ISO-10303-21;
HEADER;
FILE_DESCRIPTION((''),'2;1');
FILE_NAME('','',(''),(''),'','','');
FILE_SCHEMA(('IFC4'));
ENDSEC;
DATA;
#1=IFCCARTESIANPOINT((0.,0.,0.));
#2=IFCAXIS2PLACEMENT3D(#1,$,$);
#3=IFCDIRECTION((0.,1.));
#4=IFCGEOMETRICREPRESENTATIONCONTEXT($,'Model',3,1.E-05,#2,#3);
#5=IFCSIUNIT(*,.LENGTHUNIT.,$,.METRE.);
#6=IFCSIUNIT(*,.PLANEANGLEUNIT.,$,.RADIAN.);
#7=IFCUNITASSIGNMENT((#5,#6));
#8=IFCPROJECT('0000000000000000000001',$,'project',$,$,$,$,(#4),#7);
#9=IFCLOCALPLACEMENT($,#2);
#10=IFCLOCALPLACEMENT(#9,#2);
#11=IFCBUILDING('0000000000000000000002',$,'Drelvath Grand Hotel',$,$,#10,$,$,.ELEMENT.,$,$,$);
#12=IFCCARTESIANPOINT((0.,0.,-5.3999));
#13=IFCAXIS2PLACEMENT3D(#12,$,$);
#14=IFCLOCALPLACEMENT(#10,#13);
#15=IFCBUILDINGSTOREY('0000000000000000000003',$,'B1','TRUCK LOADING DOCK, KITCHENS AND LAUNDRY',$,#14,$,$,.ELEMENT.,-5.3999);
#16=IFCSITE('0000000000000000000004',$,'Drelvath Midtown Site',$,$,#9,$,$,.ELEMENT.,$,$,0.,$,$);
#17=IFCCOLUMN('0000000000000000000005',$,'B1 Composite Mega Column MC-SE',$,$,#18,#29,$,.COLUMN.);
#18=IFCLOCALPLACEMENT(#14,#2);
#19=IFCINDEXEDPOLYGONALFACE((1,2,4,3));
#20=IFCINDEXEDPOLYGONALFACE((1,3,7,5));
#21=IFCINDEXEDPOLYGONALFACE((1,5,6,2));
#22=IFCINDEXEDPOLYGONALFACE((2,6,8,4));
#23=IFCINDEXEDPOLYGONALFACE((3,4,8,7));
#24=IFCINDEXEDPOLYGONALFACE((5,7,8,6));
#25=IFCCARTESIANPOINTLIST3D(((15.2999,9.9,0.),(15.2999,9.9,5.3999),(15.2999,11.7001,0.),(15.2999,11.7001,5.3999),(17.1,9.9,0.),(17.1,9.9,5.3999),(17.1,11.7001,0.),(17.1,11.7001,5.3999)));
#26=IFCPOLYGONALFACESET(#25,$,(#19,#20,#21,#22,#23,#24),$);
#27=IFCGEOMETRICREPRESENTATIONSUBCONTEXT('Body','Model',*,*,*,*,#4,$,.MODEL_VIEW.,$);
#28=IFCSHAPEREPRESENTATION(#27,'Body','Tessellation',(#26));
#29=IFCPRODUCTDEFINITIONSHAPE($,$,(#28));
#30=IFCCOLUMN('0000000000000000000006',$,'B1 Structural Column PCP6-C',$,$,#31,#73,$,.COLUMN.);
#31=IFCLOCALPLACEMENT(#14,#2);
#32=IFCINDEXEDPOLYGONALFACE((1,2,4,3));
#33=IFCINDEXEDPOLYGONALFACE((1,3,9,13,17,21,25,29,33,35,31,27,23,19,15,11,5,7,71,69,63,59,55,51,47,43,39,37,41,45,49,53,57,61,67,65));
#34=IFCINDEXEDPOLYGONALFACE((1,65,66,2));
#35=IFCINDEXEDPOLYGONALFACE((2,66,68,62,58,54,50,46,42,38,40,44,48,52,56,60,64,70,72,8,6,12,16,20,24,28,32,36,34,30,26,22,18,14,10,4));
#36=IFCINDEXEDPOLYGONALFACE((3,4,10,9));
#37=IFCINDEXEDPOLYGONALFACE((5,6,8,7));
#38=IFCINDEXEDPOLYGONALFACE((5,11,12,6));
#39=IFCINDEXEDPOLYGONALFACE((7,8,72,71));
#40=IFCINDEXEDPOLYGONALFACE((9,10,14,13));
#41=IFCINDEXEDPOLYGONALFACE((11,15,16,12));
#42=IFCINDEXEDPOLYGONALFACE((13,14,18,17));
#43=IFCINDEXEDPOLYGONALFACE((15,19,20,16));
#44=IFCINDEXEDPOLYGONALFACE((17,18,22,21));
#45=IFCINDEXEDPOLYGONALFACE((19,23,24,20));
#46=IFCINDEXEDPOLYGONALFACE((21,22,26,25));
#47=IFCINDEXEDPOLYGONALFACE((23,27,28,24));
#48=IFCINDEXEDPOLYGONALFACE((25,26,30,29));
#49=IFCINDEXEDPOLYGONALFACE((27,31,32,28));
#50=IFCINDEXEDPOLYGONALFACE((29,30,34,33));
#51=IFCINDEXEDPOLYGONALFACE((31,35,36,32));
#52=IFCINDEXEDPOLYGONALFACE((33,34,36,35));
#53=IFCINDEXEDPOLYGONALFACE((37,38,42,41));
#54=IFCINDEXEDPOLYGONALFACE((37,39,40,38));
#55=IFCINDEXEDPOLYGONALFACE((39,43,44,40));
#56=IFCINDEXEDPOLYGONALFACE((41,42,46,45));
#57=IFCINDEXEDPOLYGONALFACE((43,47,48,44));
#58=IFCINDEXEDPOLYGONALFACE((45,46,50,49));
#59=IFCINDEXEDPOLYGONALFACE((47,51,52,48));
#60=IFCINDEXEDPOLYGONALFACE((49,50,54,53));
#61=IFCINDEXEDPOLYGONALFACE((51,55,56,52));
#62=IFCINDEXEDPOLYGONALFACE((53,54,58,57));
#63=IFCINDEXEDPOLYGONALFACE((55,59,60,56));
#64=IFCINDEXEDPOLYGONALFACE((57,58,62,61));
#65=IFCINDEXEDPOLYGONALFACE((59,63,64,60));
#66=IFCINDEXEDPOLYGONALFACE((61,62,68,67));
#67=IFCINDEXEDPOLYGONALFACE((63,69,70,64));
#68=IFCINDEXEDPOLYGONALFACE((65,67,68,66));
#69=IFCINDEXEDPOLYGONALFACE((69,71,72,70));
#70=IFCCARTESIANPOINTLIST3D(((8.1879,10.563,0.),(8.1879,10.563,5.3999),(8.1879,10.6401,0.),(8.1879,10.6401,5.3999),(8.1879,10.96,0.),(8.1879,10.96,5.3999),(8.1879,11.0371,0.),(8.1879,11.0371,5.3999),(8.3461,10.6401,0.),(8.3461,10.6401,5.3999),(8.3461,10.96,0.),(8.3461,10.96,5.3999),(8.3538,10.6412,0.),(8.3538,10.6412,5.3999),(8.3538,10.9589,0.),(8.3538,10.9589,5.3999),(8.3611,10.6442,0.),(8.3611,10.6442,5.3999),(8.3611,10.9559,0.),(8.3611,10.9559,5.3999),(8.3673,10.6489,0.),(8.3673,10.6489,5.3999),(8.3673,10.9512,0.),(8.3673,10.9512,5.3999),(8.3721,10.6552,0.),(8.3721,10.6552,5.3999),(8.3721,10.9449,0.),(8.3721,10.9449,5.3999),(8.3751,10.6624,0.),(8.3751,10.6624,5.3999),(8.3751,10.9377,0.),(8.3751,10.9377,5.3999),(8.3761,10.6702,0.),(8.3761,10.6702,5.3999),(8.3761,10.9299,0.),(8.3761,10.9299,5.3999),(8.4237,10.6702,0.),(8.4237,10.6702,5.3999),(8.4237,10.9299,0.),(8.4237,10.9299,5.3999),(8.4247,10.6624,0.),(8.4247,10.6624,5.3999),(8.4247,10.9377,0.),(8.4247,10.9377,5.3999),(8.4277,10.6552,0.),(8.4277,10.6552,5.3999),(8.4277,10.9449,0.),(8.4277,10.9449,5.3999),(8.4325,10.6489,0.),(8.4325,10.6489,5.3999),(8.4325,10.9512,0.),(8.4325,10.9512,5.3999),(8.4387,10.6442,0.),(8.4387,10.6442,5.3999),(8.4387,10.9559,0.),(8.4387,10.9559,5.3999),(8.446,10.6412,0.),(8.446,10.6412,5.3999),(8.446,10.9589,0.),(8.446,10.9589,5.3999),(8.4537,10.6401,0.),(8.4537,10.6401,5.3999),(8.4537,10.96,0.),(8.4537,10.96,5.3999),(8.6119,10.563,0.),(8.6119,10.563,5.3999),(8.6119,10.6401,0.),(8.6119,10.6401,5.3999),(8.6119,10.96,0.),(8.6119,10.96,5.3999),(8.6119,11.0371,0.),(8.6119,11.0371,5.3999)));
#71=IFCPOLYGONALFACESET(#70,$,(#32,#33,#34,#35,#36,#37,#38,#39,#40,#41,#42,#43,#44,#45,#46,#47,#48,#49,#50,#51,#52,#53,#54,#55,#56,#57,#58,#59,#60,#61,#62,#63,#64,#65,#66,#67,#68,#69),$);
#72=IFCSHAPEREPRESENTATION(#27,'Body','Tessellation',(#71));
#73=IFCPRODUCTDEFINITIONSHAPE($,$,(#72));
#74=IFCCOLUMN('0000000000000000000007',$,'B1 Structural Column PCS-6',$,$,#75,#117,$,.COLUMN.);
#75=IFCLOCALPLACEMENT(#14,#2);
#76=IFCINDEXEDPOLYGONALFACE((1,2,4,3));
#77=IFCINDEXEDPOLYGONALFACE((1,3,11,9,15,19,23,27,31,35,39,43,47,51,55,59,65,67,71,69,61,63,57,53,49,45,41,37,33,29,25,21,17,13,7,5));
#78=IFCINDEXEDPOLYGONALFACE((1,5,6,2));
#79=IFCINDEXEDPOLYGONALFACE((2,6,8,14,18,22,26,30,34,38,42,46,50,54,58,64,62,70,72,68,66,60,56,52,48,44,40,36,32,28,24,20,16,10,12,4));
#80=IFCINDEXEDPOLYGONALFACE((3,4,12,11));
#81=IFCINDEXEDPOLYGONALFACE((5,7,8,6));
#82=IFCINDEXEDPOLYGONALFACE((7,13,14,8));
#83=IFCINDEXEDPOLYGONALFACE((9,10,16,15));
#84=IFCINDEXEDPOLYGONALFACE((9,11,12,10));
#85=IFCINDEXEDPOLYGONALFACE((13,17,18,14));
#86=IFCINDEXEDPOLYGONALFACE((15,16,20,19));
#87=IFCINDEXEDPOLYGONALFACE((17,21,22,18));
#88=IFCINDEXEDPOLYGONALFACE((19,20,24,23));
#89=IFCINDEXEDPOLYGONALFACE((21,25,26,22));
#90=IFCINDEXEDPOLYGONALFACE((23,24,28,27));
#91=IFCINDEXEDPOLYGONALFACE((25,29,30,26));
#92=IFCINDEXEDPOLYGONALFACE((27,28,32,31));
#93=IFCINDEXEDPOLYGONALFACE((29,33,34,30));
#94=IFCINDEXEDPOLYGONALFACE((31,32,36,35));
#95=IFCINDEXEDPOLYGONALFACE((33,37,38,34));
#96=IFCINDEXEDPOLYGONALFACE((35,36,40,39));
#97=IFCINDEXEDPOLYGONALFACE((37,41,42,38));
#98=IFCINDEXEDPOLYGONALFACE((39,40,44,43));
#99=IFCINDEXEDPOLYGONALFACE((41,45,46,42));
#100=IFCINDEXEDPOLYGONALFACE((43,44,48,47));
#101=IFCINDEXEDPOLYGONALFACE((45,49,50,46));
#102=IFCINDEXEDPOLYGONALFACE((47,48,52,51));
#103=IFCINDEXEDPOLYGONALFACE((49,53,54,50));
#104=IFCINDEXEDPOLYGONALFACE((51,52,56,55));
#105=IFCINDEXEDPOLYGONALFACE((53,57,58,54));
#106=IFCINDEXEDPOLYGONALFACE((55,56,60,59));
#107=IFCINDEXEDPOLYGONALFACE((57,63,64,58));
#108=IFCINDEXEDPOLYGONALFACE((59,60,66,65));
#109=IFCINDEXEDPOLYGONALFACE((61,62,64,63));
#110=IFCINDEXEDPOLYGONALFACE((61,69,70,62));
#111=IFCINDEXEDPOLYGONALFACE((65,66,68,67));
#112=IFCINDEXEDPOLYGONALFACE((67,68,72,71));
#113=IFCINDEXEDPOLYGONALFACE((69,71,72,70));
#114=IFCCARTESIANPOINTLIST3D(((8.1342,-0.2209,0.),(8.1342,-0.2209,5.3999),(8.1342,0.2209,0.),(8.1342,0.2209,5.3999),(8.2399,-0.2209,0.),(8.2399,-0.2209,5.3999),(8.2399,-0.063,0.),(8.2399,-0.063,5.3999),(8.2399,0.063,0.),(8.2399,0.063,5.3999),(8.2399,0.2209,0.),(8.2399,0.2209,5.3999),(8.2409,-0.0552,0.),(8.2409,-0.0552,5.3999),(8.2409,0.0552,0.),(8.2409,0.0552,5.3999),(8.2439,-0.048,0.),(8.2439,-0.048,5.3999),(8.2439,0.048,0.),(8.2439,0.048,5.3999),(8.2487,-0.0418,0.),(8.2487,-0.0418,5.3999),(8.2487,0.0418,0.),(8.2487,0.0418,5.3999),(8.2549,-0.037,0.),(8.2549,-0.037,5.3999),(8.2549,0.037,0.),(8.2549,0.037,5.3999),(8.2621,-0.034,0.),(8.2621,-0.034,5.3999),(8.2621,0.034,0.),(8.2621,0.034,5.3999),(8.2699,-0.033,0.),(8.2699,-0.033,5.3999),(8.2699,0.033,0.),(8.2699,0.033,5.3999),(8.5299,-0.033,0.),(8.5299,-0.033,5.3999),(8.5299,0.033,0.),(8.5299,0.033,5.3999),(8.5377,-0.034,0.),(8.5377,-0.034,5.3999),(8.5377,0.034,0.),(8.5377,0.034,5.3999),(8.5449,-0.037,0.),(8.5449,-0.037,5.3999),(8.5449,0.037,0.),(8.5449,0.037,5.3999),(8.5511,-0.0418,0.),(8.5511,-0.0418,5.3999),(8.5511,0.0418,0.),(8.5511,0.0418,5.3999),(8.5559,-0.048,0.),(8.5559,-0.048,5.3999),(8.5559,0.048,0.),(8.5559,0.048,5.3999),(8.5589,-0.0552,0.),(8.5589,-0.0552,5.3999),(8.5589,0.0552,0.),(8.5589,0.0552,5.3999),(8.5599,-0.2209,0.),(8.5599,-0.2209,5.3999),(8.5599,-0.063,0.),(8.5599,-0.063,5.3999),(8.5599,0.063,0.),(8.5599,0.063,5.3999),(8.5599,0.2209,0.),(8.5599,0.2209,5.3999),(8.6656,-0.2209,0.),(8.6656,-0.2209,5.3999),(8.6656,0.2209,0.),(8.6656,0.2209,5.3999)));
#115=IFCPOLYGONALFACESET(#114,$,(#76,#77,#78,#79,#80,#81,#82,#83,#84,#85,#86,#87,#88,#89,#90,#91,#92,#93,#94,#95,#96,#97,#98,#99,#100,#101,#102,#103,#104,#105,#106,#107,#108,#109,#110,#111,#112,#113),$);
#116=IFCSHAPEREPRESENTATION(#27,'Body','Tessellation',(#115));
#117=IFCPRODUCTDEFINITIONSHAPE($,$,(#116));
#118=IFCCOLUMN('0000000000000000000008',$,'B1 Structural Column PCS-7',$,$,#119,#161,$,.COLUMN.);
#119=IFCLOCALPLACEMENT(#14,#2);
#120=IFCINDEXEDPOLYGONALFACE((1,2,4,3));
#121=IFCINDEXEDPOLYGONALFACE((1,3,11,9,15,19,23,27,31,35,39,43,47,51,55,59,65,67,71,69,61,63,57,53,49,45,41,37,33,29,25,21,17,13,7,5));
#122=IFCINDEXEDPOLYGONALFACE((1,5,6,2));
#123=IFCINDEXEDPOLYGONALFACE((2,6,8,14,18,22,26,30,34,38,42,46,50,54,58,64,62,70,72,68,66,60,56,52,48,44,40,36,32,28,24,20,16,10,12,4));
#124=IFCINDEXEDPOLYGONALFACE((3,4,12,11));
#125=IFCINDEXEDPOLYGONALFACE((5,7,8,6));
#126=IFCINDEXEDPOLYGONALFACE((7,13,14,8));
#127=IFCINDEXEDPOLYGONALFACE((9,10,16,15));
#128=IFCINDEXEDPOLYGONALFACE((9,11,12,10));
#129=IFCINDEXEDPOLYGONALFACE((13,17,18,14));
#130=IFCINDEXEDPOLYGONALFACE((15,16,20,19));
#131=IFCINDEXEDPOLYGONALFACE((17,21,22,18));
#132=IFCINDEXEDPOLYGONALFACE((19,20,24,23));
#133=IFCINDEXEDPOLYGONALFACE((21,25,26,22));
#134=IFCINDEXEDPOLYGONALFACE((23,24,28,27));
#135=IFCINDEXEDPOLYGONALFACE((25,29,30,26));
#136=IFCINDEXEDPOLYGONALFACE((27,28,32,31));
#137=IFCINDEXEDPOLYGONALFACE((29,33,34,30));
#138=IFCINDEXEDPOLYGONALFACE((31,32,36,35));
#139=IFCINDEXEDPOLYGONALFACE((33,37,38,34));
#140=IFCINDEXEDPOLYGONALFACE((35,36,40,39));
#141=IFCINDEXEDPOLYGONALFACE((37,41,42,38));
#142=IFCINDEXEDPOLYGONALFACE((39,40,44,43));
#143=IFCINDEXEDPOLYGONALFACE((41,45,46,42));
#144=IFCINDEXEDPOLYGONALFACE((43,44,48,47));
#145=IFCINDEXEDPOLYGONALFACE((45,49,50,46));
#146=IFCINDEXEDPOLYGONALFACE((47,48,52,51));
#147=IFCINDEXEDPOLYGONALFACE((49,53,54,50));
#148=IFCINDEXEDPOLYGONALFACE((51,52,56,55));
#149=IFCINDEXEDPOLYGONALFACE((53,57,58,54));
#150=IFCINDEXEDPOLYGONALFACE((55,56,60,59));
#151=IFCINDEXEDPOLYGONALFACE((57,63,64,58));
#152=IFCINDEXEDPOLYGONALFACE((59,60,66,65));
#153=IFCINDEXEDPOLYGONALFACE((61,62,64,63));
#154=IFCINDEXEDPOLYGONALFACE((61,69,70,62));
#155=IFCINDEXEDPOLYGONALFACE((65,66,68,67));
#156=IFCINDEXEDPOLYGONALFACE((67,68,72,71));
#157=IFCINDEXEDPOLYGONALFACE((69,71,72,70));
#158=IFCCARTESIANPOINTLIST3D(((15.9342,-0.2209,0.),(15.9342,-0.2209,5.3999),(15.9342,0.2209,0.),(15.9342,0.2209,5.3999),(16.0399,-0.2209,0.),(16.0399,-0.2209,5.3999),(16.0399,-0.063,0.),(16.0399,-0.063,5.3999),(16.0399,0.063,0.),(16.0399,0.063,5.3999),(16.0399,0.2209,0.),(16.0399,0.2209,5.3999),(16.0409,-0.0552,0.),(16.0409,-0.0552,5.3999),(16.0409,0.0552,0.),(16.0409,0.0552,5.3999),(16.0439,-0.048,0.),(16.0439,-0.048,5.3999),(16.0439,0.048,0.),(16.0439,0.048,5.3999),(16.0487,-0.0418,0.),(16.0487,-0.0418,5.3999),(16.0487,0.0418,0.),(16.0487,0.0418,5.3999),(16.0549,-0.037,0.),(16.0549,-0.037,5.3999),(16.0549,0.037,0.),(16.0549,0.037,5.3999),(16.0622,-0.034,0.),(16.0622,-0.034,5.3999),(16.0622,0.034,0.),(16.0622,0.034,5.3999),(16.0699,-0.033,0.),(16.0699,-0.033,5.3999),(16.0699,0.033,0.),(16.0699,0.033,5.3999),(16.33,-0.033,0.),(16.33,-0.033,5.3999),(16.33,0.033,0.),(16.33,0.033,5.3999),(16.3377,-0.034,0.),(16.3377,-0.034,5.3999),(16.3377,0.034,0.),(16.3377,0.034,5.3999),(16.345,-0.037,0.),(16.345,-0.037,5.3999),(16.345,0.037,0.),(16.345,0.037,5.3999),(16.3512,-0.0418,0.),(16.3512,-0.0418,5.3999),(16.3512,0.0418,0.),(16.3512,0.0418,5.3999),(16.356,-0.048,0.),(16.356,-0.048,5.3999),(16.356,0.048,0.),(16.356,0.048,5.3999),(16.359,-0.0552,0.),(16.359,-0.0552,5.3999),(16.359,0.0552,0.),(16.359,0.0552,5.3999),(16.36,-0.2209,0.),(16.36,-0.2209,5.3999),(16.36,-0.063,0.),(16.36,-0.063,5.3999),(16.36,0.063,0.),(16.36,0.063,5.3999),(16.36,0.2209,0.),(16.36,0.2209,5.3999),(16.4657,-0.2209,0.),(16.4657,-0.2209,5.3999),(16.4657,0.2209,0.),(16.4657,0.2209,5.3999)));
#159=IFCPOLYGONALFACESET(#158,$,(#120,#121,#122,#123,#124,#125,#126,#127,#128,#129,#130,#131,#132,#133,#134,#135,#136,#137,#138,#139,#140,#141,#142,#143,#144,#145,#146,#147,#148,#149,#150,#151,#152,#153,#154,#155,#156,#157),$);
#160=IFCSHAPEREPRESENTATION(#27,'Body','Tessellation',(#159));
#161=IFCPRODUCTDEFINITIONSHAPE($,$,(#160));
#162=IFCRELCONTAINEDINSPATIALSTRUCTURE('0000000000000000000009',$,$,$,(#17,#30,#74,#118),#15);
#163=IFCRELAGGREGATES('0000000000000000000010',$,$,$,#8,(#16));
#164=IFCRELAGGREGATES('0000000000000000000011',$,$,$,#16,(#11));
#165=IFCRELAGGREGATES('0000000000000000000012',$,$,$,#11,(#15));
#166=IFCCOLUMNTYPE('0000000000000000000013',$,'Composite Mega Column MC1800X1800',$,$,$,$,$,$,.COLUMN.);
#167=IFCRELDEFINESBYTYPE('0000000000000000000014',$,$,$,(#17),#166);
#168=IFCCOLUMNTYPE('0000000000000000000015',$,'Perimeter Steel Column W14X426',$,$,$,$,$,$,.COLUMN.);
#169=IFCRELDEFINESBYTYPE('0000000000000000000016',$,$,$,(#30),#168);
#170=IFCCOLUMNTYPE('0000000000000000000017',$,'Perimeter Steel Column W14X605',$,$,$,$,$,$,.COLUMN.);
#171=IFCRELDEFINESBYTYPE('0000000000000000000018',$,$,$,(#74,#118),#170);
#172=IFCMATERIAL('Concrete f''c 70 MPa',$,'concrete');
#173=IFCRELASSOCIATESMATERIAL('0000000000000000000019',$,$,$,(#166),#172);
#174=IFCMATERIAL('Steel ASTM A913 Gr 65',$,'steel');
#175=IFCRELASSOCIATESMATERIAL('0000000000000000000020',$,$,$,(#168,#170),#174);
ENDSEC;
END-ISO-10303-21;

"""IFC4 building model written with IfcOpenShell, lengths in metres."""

from ifc_helpers import new_model, si_unit, direction, frame, origin, origin_2d, place, context, subcontext, project, spatial, rectangle, i_section, extrude, material, material_profile, profile_set, type_object, element, save


model = new_model("IFC4")

# Units and contexts
model_context = context("Model", 3, precision=1e-05, world=origin(), true_north=direction((0.0, 1.0)))
body_context = subcontext(model_context, "Body", "Model", "MODEL_VIEW")
ifc_project = project(units=[si_unit("LENGTHUNIT", "METRE"), si_unit("PLANEANGLEUNIT", "RADIAN")], contexts=[model_context])

# Site, building, storey
site_placement = place(None, origin())
site = spatial("IfcSite", under=ifc_project, at=site_placement, Name="Drelvath Midtown Site", CompositionType="ELEMENT", RefElevation=0.0)
building_placement = place(site_placement, origin())
building = spatial("IfcBuilding", under=site, at=building_placement, Name="Drelvath Grand Hotel", CompositionType="ELEMENT")
storey_placement = place(building_placement, frame((0.0, 0.0, -5.3999)))
storey = spatial("IfcBuildingStorey", under=building, at=storey_placement, Name="B1", Description="TRUCK LOADING DOCK, KITCHENS AND LAUNDRY", CompositionType="ELEMENT", Elevation=-5.3999)

# Columns
ifc_material_1 = material(Name="Concrete f'c 70 MPa", Category="concrete")
ifc_material_profile_1 = material_profile(ifc_material_1, rectangle(XDim=1.8, YDim=1.8, at=origin_2d()), Name="MC1800X1800")
ifc_profile_set_1 = profile_set([ifc_material_profile_1], Name="Concrete f'c 70 MPa")
column_type_1 = type_object("IfcColumnType", Name="Composite Mega Column MC1800X1800", PredefinedType="COLUMN", material=ifc_profile_set_1)
column_1_placement = place(storey_placement, frame((16.2, 10.8, 0.0), z_axis=(0.0, 0.0, 1.0), x_axis=(1.0, 0.0, 0.0)))
element("IfcColumn", 1, at=column_1_placement, inside=storey, type_object=column_type_1, Name="B1 Composite Mega Column MC-SE", PredefinedType="COLUMN", context=body_context, shape_type="SweptSolid", body=[
    extrude(rectangle(XDim=1.8, YDim=1.8, at=origin_2d()), origin(), (0.0, 0.0, 1.0), 5.3999),
])
ifc_material_2 = material(Name="Steel ASTM A913 Gr 65", Category="steel")
ifc_material_profile_2 = material_profile(ifc_material_2, i_section(OverallWidth=0.4241, OverallDepth=0.4741, WebThickness=0.0476, FlangeThickness=0.0771, FilletRadius=0.03, at=origin_2d()), Name="W14X426")
ifc_profile_set_2 = profile_set([ifc_material_profile_2], Name="Steel ASTM A913 Gr 65")
column_type_2 = type_object("IfcColumnType", Name="Perimeter Steel Column W14X426", PredefinedType="COLUMN", material=ifc_profile_set_2)
column_2_placement = place(storey_placement, frame((8.3999, 10.8, 0.0), z_axis=(0.0, 0.0, 1.0), x_axis=(1.0, 0.0, 0.0)))
element("IfcColumn", 2, at=column_2_placement, inside=storey, type_object=column_type_2, Name="B1 Structural Column PCP6-C", PredefinedType="COLUMN", context=body_context, shape_type="SweptSolid", body=[
    extrude(i_section(OverallWidth=0.4241, OverallDepth=0.4741, WebThickness=0.0476, FlangeThickness=0.0771, FilletRadius=0.03, at=origin_2d()), origin(), (0.0, 0.0, 1.0), 5.3999),
])
ifc_material_profile_3 = material_profile(ifc_material_2, i_section(OverallWidth=0.4419, OverallDepth=0.5315, WebThickness=0.0659, FlangeThickness=0.1057, FilletRadius=0.03, at=origin_2d()), Name="W14X605")
ifc_profile_set_3 = profile_set([ifc_material_profile_3], Name="Steel ASTM A913 Gr 65")
column_type_3 = type_object("IfcColumnType", Name="Perimeter Steel Column W14X605", PredefinedType="COLUMN", material=ifc_profile_set_3)
for number, where, z_axis, x_axis, name in (
    (3, (8.3999, 0.0, 0.0), (0.0, 0.0, 1.0), (0.0, 1.0, 0.0), "B1 Structural Column PCS-6"),
    (4, (16.2, 0.0, 0.0), (0.0, 0.0, 1.0), (0.0, 1.0, 0.0), "B1 Structural Column PCS-7"),
):
    element("IfcColumn", number, at=place(storey_placement, frame(where, z_axis=z_axis, x_axis=x_axis)), inside=storey, type_object=column_type_3, Name=name, PredefinedType="COLUMN", context=body_context, shape_type="SweptSolid", body=[
        extrude(i_section(OverallWidth=0.4419, OverallDepth=0.5315, WebThickness=0.0659, FlangeThickness=0.1057, FilletRadius=0.03, at=origin_2d()), origin(), (0.0, 0.0, 1.0), 5.3999),
    ])

save(model, "model.ifc")
